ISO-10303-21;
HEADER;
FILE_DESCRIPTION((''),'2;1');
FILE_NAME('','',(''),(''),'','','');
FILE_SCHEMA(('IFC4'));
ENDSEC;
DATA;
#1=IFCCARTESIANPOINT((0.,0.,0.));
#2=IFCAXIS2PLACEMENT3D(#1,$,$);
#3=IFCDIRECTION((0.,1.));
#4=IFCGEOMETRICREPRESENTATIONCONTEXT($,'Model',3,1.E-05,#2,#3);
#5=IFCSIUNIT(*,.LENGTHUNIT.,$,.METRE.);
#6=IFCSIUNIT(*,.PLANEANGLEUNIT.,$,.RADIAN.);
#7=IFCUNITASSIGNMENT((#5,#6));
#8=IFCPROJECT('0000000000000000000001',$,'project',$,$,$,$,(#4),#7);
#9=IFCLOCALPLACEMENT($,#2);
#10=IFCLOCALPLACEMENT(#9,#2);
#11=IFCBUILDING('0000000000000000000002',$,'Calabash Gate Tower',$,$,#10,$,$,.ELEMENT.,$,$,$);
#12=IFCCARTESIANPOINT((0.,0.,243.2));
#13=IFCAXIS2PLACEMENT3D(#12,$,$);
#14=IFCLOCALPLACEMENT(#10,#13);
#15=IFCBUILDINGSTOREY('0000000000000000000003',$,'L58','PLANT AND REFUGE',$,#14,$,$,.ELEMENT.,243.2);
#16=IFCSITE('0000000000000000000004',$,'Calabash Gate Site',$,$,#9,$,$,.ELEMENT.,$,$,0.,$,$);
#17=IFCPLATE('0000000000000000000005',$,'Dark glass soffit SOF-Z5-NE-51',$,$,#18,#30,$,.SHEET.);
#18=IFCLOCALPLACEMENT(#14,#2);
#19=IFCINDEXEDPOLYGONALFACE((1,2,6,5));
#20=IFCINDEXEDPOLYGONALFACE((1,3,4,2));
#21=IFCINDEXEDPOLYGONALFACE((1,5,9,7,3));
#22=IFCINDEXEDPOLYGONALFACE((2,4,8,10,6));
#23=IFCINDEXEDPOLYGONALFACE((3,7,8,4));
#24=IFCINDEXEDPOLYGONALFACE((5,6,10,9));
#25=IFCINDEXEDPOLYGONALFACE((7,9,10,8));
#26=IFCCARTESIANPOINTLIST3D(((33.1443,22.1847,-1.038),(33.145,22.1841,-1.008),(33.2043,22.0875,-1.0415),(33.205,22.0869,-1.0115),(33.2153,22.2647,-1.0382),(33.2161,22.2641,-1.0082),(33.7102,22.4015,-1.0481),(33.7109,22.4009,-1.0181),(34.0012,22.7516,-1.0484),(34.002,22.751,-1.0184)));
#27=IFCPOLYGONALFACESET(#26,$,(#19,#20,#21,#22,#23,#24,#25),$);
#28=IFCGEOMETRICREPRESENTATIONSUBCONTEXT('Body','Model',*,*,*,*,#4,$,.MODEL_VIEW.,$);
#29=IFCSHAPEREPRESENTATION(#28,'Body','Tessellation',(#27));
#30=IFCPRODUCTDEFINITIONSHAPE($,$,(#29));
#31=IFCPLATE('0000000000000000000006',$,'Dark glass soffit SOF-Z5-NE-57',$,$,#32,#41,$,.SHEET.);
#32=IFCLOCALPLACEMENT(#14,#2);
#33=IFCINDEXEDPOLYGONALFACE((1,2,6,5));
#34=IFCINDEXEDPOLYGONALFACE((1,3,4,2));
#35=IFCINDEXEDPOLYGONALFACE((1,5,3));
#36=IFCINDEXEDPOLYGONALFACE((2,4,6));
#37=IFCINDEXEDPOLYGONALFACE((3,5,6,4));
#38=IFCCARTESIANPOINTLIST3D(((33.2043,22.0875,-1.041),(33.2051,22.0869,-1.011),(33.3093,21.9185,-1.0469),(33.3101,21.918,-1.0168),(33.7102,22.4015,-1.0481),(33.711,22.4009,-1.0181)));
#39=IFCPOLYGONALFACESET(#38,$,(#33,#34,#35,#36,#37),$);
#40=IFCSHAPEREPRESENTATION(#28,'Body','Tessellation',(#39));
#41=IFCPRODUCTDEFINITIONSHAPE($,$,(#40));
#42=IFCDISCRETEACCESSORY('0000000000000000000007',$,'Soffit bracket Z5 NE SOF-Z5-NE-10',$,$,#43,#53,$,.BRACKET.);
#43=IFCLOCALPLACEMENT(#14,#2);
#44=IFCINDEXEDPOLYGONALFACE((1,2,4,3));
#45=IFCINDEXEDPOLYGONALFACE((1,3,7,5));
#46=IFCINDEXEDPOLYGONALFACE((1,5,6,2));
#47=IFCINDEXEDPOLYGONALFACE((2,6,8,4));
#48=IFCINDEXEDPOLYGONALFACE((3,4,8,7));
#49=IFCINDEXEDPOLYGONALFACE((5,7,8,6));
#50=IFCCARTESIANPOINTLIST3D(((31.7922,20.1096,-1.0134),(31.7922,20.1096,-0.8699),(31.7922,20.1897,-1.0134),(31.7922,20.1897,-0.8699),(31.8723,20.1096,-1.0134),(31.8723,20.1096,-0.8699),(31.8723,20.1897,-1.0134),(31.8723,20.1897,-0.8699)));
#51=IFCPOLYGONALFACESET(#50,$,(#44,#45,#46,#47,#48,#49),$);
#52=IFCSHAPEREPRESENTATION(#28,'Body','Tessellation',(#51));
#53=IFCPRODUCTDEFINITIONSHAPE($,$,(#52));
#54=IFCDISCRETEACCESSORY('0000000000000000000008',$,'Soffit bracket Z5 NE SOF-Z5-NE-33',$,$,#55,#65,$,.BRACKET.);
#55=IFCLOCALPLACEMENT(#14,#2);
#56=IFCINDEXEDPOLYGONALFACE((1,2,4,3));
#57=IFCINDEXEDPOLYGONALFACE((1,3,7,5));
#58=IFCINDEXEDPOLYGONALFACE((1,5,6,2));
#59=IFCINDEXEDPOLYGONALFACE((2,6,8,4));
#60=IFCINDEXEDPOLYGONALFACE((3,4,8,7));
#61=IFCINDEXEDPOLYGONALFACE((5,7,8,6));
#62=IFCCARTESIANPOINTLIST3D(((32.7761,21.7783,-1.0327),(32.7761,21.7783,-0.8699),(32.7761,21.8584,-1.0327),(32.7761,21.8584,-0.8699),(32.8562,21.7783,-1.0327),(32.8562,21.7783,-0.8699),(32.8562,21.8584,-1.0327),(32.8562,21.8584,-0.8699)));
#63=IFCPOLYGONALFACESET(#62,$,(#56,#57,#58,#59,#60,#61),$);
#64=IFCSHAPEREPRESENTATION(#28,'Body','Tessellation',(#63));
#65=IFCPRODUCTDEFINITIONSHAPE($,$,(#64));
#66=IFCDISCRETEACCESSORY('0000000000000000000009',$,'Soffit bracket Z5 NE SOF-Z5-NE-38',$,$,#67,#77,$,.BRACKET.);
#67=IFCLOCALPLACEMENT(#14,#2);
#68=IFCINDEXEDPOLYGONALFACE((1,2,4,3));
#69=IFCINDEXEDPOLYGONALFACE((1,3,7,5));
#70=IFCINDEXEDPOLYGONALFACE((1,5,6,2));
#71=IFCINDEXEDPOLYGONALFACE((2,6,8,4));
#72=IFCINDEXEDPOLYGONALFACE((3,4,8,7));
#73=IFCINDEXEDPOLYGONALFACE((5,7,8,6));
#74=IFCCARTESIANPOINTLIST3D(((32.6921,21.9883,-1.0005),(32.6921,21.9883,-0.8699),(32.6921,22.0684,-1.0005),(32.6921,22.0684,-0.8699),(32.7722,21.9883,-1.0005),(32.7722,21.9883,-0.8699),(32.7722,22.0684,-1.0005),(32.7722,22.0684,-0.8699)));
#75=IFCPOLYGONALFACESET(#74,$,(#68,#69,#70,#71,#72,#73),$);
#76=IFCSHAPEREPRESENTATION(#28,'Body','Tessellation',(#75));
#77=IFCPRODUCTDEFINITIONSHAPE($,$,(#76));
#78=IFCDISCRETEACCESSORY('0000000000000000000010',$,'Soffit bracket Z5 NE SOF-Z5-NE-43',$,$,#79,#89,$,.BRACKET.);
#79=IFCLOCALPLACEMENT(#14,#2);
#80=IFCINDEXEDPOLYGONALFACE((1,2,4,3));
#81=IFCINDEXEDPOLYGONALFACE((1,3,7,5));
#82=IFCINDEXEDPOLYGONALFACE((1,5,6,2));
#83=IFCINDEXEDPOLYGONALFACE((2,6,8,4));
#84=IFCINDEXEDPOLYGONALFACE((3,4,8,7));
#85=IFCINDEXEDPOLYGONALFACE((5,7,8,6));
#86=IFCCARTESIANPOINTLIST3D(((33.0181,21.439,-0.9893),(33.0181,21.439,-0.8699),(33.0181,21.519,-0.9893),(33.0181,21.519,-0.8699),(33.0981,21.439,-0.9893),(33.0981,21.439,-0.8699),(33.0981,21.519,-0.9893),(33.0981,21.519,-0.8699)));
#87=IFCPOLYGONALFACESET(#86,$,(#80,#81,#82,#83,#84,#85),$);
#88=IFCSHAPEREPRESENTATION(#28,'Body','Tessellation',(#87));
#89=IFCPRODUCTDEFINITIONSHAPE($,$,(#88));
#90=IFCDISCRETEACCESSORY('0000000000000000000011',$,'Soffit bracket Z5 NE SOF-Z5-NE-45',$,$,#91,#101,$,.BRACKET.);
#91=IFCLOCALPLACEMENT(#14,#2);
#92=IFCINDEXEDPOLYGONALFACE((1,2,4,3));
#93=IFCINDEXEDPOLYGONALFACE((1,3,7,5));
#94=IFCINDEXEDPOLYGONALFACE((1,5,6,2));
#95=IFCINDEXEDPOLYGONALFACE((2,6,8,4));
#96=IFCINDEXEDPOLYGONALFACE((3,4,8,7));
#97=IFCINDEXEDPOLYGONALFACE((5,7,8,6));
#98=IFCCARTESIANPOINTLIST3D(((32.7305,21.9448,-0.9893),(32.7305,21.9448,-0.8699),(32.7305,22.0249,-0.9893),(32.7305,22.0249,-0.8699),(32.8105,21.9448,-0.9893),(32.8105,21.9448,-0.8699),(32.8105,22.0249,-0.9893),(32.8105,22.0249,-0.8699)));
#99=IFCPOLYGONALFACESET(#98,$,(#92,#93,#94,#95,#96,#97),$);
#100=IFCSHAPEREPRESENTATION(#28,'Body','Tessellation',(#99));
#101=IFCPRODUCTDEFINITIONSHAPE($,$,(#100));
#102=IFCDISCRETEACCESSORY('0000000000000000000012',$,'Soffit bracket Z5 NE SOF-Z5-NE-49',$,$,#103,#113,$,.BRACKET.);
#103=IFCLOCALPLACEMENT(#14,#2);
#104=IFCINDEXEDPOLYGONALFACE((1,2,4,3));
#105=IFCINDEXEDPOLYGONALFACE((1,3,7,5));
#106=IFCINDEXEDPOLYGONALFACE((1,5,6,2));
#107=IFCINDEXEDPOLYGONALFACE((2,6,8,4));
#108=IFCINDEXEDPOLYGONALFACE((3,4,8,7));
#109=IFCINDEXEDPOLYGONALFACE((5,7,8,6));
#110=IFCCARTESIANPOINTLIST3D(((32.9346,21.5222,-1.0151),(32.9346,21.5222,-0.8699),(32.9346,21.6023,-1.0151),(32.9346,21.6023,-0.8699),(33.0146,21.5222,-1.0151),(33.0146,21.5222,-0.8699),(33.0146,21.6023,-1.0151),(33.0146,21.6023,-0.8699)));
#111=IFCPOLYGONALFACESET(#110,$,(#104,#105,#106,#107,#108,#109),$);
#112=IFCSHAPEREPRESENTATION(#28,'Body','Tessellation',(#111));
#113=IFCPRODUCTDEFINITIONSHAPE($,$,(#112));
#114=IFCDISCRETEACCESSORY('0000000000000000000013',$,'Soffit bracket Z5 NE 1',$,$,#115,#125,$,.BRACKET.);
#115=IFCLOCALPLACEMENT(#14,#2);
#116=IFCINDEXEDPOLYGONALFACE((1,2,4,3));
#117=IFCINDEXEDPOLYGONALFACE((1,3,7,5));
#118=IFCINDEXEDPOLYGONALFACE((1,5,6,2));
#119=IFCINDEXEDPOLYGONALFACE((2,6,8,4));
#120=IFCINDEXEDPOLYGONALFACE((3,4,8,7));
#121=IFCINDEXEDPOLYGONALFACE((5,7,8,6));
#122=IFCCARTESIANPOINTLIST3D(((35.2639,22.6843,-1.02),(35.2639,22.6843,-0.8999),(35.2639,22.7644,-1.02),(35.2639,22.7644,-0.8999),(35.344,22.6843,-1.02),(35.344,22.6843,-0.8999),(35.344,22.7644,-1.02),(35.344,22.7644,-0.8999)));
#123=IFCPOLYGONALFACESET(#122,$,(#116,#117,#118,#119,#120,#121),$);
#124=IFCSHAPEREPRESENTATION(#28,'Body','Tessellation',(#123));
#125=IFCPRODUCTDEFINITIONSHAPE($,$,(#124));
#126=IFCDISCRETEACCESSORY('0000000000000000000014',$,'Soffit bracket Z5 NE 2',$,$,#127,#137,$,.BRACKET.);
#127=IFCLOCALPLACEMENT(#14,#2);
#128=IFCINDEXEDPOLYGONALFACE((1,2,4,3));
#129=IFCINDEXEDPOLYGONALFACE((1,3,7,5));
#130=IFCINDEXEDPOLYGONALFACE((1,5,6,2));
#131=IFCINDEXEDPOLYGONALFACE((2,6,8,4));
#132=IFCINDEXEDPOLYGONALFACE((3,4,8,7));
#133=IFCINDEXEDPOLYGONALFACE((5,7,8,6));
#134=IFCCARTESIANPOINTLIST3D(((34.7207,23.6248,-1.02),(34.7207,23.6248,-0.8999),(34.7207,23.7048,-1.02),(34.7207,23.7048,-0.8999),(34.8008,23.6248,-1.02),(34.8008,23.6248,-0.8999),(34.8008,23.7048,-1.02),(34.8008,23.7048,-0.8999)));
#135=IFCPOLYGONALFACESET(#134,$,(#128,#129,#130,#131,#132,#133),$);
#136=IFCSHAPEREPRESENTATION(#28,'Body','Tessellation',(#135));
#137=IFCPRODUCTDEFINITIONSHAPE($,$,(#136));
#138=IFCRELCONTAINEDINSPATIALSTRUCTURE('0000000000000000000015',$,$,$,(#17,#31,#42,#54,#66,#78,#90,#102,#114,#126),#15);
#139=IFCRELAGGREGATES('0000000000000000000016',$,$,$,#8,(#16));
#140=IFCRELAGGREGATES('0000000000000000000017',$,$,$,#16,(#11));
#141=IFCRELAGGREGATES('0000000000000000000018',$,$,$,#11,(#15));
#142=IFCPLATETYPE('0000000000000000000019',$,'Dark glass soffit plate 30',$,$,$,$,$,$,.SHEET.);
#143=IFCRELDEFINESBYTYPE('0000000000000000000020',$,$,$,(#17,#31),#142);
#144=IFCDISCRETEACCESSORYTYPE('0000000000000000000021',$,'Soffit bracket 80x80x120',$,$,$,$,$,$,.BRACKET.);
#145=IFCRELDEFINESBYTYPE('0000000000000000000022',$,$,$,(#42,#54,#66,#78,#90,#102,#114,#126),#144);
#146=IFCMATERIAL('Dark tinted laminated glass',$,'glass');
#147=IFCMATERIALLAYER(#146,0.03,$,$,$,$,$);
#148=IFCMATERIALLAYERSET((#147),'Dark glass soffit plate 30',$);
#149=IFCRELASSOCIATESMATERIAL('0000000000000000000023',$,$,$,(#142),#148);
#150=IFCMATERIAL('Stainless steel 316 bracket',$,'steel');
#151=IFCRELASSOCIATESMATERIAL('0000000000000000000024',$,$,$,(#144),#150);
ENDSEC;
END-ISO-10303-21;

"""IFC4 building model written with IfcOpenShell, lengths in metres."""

from ifc_helpers import new_model, si_unit, direction, frame, origin, origin_2d, place, context, subcontext, project, spatial, polyline, rectangle, outline, extrude, material, layer, layer_set, type_object, element, save


model = new_model("IFC4")

# Units and contexts
model_context = context("Model", 3, precision=1e-05, world=origin(), true_north=direction((0.0, 1.0)))
body_context = subcontext(model_context, "Body", "Model", "MODEL_VIEW")
ifc_project = project(units=[si_unit("LENGTHUNIT", "METRE"), si_unit("PLANEANGLEUNIT", "RADIAN")], contexts=[model_context])

# Site, building, storey
site_placement = place(None, origin())
site = spatial("IfcSite", under=ifc_project, at=site_placement, Name="Calabash Gate Site", CompositionType="ELEMENT", RefElevation=0.0)
building_placement = place(site_placement, origin())
building = spatial("IfcBuilding", under=site, at=building_placement, Name="Calabash Gate Tower", CompositionType="ELEMENT")
storey_placement = place(building_placement, frame((0.0, 0.0, 243.2)))
storey = spatial("IfcBuildingStorey", under=building, at=storey_placement, Name="L58", Description="PLANT AND REFUGE", CompositionType="ELEMENT", Elevation=243.2)

# Plates
ifc_material_1 = material(Name="Dark tinted laminated glass", Category="glass")
ifc_layer = layer(ifc_material_1, 0.03)
ifc_layer_set = layer_set([ifc_layer], Name="Dark glass soffit plate 30")
plate_type = type_object("IfcPlateType", Name="Dark glass soffit plate 30", PredefinedType="SHEET", material=ifc_layer_set)
plate_1_placement = place(storey_placement, frame((33.7109, 22.4009, -1.0181), z_axis=(0.025556, -0.020237, 0.999469), x_axis=(-0.849615, -0.527288, 0.011048)))
element("IfcPlate", 1, at=plate_1_placement, inside=storey, type_object=plate_type, Name="Dark glass soffit SOF-Z5-NE-51", PredefinedType="SHEET", context=body_context, shape_type="SweptSolid", body=[
    extrude(outline(polyline([(0.0, 0.0), (0.5955, 0.0), (0.5952, -0.1143), (0.4927, -0.1448), (-0.4319, -0.144), (0.0, 0.0)])), origin(), (0.0, 0.0, -1.0), 0.03),
])
plate_2_placement = place(storey_placement, frame((33.3101, 21.918, -1.0168), z_axis=(0.025622, -0.018743, 0.999496), x_axis=(-0.527562, 0.849006, 0.029445)))
element("IfcPlate", 2, at=plate_2_placement, inside=storey, type_object=plate_type, Name="Dark glass soffit SOF-Z5-NE-57", PredefinedType="SHEET", context=body_context, shape_type="SweptSolid", body=[
    extrude(outline(polyline([(0.0, 0.0), (0.199, 0.0), (0.1985, -0.5955), (0.0, 0.0)])), origin(), (0.0, 0.0, -1.0), 0.03),
])

# Discrete accessories
ifc_material_2 = material(Name="Stainless steel 316 bracket", Category="steel")
discrete_accessory_type = type_object("IfcDiscreteAccessoryType", Name="Soffit bracket 80x80x120", PredefinedType="BRACKET", material=ifc_material_2)
discrete_accessory_1_placement = place(storey_placement, frame((31.8323, 20.1497, -1.0134), z_axis=(0.0, 0.0, 1.0), x_axis=(1.0, 0.0, 0.0)))
element("IfcDiscreteAccessory", 3, at=discrete_accessory_1_placement, inside=storey, type_object=discrete_accessory_type, Name="Soffit bracket Z5 NE SOF-Z5-NE-10", PredefinedType="BRACKET", context=body_context, shape_type="SweptSolid", body=[
    extrude(rectangle(XDim=0.0801, YDim=0.0801, at=origin_2d()), origin(), (0.0, 0.0, 1.0), 0.1436),
])
discrete_accessory_2_placement = place(storey_placement, frame((32.8162, 21.8184, -1.0327), z_axis=(0.0, 0.0, 1.0), x_axis=(1.0, 0.0, 0.0)))
element("IfcDiscreteAccessory", 4, at=discrete_accessory_2_placement, inside=storey, type_object=discrete_accessory_type, Name="Soffit bracket Z5 NE SOF-Z5-NE-33", PredefinedType="BRACKET", context=body_context, shape_type="SweptSolid", body=[
    extrude(rectangle(XDim=0.0801, YDim=0.0801, at=origin_2d()), origin(), (0.0, 0.0, 1.0), 0.1628),
])
discrete_accessory_3_placement = place(storey_placement, frame((32.7322, 22.0283, -1.0005), z_axis=(0.0, 0.0, 1.0), x_axis=(1.0, 0.0, 0.0)))
element("IfcDiscreteAccessory", 5, at=discrete_accessory_3_placement, inside=storey, type_object=discrete_accessory_type, Name="Soffit bracket Z5 NE SOF-Z5-NE-38", PredefinedType="BRACKET", context=body_context, shape_type="SweptSolid", body=[
    extrude(rectangle(XDim=0.0801, YDim=0.0801, at=origin_2d()), origin(), (0.0, 0.0, 1.0), 0.1306),
])
for number, where, z_axis, x_axis, name in (
    (6, (33.0581, 21.479, -0.9893), (0.0, 0.0, 1.0), (1.0, 0.0, 0.0), "Soffit bracket Z5 NE SOF-Z5-NE-43"),
    (7, (32.7705, 21.9849, -0.9893), (0.0, 0.0, 1.0), (1.0, 0.0, 0.0), "Soffit bracket Z5 NE SOF-Z5-NE-45"),
):
    element("IfcDiscreteAccessory", number, at=place(storey_placement, frame(where, z_axis=z_axis, x_axis=x_axis)), inside=storey, type_object=discrete_accessory_type, Name=name, PredefinedType="BRACKET", context=body_context, shape_type="SweptSolid", body=[
        extrude(rectangle(XDim=0.0801, YDim=0.0801, at=origin_2d()), origin(), (0.0, 0.0, 1.0), 0.1194),
    ])
discrete_accessory_4_placement = place(storey_placement, frame((32.9746, 21.5623, -1.0151), z_axis=(0.0, 0.0, 1.0), x_axis=(1.0, 0.0, 0.0)))
element("IfcDiscreteAccessory", 8, at=discrete_accessory_4_placement, inside=storey, type_object=discrete_accessory_type, Name="Soffit bracket Z5 NE SOF-Z5-NE-49", PredefinedType="BRACKET", context=body_context, shape_type="SweptSolid", body=[
    extrude(rectangle(XDim=0.0801, YDim=0.0801, at=origin_2d()), origin(), (0.0, 0.0, 1.0), 0.1453),
])
for number, where, z_axis, x_axis, name in (
    (9, (35.304, 22.7244, -1.02), (0.0, 0.0, 1.0), (1.0, 0.0, 0.0), "Soffit bracket Z5 NE 1"),
    (10, (34.7607, 23.6648, -1.02), (0.0, 0.0, 1.0), (1.0, 0.0, 0.0), "Soffit bracket Z5 NE 2"),
):
    element("IfcDiscreteAccessory", number, at=place(storey_placement, frame(where, z_axis=z_axis, x_axis=x_axis)), inside=storey, type_object=discrete_accessory_type, Name=name, PredefinedType="BRACKET", context=body_context, shape_type="SweptSolid", body=[
        extrude(rectangle(XDim=0.0801, YDim=0.0801, at=origin_2d()), origin(), (0.0, 0.0, 1.0), 0.1201),
    ])

save(model, "model.ifc")
